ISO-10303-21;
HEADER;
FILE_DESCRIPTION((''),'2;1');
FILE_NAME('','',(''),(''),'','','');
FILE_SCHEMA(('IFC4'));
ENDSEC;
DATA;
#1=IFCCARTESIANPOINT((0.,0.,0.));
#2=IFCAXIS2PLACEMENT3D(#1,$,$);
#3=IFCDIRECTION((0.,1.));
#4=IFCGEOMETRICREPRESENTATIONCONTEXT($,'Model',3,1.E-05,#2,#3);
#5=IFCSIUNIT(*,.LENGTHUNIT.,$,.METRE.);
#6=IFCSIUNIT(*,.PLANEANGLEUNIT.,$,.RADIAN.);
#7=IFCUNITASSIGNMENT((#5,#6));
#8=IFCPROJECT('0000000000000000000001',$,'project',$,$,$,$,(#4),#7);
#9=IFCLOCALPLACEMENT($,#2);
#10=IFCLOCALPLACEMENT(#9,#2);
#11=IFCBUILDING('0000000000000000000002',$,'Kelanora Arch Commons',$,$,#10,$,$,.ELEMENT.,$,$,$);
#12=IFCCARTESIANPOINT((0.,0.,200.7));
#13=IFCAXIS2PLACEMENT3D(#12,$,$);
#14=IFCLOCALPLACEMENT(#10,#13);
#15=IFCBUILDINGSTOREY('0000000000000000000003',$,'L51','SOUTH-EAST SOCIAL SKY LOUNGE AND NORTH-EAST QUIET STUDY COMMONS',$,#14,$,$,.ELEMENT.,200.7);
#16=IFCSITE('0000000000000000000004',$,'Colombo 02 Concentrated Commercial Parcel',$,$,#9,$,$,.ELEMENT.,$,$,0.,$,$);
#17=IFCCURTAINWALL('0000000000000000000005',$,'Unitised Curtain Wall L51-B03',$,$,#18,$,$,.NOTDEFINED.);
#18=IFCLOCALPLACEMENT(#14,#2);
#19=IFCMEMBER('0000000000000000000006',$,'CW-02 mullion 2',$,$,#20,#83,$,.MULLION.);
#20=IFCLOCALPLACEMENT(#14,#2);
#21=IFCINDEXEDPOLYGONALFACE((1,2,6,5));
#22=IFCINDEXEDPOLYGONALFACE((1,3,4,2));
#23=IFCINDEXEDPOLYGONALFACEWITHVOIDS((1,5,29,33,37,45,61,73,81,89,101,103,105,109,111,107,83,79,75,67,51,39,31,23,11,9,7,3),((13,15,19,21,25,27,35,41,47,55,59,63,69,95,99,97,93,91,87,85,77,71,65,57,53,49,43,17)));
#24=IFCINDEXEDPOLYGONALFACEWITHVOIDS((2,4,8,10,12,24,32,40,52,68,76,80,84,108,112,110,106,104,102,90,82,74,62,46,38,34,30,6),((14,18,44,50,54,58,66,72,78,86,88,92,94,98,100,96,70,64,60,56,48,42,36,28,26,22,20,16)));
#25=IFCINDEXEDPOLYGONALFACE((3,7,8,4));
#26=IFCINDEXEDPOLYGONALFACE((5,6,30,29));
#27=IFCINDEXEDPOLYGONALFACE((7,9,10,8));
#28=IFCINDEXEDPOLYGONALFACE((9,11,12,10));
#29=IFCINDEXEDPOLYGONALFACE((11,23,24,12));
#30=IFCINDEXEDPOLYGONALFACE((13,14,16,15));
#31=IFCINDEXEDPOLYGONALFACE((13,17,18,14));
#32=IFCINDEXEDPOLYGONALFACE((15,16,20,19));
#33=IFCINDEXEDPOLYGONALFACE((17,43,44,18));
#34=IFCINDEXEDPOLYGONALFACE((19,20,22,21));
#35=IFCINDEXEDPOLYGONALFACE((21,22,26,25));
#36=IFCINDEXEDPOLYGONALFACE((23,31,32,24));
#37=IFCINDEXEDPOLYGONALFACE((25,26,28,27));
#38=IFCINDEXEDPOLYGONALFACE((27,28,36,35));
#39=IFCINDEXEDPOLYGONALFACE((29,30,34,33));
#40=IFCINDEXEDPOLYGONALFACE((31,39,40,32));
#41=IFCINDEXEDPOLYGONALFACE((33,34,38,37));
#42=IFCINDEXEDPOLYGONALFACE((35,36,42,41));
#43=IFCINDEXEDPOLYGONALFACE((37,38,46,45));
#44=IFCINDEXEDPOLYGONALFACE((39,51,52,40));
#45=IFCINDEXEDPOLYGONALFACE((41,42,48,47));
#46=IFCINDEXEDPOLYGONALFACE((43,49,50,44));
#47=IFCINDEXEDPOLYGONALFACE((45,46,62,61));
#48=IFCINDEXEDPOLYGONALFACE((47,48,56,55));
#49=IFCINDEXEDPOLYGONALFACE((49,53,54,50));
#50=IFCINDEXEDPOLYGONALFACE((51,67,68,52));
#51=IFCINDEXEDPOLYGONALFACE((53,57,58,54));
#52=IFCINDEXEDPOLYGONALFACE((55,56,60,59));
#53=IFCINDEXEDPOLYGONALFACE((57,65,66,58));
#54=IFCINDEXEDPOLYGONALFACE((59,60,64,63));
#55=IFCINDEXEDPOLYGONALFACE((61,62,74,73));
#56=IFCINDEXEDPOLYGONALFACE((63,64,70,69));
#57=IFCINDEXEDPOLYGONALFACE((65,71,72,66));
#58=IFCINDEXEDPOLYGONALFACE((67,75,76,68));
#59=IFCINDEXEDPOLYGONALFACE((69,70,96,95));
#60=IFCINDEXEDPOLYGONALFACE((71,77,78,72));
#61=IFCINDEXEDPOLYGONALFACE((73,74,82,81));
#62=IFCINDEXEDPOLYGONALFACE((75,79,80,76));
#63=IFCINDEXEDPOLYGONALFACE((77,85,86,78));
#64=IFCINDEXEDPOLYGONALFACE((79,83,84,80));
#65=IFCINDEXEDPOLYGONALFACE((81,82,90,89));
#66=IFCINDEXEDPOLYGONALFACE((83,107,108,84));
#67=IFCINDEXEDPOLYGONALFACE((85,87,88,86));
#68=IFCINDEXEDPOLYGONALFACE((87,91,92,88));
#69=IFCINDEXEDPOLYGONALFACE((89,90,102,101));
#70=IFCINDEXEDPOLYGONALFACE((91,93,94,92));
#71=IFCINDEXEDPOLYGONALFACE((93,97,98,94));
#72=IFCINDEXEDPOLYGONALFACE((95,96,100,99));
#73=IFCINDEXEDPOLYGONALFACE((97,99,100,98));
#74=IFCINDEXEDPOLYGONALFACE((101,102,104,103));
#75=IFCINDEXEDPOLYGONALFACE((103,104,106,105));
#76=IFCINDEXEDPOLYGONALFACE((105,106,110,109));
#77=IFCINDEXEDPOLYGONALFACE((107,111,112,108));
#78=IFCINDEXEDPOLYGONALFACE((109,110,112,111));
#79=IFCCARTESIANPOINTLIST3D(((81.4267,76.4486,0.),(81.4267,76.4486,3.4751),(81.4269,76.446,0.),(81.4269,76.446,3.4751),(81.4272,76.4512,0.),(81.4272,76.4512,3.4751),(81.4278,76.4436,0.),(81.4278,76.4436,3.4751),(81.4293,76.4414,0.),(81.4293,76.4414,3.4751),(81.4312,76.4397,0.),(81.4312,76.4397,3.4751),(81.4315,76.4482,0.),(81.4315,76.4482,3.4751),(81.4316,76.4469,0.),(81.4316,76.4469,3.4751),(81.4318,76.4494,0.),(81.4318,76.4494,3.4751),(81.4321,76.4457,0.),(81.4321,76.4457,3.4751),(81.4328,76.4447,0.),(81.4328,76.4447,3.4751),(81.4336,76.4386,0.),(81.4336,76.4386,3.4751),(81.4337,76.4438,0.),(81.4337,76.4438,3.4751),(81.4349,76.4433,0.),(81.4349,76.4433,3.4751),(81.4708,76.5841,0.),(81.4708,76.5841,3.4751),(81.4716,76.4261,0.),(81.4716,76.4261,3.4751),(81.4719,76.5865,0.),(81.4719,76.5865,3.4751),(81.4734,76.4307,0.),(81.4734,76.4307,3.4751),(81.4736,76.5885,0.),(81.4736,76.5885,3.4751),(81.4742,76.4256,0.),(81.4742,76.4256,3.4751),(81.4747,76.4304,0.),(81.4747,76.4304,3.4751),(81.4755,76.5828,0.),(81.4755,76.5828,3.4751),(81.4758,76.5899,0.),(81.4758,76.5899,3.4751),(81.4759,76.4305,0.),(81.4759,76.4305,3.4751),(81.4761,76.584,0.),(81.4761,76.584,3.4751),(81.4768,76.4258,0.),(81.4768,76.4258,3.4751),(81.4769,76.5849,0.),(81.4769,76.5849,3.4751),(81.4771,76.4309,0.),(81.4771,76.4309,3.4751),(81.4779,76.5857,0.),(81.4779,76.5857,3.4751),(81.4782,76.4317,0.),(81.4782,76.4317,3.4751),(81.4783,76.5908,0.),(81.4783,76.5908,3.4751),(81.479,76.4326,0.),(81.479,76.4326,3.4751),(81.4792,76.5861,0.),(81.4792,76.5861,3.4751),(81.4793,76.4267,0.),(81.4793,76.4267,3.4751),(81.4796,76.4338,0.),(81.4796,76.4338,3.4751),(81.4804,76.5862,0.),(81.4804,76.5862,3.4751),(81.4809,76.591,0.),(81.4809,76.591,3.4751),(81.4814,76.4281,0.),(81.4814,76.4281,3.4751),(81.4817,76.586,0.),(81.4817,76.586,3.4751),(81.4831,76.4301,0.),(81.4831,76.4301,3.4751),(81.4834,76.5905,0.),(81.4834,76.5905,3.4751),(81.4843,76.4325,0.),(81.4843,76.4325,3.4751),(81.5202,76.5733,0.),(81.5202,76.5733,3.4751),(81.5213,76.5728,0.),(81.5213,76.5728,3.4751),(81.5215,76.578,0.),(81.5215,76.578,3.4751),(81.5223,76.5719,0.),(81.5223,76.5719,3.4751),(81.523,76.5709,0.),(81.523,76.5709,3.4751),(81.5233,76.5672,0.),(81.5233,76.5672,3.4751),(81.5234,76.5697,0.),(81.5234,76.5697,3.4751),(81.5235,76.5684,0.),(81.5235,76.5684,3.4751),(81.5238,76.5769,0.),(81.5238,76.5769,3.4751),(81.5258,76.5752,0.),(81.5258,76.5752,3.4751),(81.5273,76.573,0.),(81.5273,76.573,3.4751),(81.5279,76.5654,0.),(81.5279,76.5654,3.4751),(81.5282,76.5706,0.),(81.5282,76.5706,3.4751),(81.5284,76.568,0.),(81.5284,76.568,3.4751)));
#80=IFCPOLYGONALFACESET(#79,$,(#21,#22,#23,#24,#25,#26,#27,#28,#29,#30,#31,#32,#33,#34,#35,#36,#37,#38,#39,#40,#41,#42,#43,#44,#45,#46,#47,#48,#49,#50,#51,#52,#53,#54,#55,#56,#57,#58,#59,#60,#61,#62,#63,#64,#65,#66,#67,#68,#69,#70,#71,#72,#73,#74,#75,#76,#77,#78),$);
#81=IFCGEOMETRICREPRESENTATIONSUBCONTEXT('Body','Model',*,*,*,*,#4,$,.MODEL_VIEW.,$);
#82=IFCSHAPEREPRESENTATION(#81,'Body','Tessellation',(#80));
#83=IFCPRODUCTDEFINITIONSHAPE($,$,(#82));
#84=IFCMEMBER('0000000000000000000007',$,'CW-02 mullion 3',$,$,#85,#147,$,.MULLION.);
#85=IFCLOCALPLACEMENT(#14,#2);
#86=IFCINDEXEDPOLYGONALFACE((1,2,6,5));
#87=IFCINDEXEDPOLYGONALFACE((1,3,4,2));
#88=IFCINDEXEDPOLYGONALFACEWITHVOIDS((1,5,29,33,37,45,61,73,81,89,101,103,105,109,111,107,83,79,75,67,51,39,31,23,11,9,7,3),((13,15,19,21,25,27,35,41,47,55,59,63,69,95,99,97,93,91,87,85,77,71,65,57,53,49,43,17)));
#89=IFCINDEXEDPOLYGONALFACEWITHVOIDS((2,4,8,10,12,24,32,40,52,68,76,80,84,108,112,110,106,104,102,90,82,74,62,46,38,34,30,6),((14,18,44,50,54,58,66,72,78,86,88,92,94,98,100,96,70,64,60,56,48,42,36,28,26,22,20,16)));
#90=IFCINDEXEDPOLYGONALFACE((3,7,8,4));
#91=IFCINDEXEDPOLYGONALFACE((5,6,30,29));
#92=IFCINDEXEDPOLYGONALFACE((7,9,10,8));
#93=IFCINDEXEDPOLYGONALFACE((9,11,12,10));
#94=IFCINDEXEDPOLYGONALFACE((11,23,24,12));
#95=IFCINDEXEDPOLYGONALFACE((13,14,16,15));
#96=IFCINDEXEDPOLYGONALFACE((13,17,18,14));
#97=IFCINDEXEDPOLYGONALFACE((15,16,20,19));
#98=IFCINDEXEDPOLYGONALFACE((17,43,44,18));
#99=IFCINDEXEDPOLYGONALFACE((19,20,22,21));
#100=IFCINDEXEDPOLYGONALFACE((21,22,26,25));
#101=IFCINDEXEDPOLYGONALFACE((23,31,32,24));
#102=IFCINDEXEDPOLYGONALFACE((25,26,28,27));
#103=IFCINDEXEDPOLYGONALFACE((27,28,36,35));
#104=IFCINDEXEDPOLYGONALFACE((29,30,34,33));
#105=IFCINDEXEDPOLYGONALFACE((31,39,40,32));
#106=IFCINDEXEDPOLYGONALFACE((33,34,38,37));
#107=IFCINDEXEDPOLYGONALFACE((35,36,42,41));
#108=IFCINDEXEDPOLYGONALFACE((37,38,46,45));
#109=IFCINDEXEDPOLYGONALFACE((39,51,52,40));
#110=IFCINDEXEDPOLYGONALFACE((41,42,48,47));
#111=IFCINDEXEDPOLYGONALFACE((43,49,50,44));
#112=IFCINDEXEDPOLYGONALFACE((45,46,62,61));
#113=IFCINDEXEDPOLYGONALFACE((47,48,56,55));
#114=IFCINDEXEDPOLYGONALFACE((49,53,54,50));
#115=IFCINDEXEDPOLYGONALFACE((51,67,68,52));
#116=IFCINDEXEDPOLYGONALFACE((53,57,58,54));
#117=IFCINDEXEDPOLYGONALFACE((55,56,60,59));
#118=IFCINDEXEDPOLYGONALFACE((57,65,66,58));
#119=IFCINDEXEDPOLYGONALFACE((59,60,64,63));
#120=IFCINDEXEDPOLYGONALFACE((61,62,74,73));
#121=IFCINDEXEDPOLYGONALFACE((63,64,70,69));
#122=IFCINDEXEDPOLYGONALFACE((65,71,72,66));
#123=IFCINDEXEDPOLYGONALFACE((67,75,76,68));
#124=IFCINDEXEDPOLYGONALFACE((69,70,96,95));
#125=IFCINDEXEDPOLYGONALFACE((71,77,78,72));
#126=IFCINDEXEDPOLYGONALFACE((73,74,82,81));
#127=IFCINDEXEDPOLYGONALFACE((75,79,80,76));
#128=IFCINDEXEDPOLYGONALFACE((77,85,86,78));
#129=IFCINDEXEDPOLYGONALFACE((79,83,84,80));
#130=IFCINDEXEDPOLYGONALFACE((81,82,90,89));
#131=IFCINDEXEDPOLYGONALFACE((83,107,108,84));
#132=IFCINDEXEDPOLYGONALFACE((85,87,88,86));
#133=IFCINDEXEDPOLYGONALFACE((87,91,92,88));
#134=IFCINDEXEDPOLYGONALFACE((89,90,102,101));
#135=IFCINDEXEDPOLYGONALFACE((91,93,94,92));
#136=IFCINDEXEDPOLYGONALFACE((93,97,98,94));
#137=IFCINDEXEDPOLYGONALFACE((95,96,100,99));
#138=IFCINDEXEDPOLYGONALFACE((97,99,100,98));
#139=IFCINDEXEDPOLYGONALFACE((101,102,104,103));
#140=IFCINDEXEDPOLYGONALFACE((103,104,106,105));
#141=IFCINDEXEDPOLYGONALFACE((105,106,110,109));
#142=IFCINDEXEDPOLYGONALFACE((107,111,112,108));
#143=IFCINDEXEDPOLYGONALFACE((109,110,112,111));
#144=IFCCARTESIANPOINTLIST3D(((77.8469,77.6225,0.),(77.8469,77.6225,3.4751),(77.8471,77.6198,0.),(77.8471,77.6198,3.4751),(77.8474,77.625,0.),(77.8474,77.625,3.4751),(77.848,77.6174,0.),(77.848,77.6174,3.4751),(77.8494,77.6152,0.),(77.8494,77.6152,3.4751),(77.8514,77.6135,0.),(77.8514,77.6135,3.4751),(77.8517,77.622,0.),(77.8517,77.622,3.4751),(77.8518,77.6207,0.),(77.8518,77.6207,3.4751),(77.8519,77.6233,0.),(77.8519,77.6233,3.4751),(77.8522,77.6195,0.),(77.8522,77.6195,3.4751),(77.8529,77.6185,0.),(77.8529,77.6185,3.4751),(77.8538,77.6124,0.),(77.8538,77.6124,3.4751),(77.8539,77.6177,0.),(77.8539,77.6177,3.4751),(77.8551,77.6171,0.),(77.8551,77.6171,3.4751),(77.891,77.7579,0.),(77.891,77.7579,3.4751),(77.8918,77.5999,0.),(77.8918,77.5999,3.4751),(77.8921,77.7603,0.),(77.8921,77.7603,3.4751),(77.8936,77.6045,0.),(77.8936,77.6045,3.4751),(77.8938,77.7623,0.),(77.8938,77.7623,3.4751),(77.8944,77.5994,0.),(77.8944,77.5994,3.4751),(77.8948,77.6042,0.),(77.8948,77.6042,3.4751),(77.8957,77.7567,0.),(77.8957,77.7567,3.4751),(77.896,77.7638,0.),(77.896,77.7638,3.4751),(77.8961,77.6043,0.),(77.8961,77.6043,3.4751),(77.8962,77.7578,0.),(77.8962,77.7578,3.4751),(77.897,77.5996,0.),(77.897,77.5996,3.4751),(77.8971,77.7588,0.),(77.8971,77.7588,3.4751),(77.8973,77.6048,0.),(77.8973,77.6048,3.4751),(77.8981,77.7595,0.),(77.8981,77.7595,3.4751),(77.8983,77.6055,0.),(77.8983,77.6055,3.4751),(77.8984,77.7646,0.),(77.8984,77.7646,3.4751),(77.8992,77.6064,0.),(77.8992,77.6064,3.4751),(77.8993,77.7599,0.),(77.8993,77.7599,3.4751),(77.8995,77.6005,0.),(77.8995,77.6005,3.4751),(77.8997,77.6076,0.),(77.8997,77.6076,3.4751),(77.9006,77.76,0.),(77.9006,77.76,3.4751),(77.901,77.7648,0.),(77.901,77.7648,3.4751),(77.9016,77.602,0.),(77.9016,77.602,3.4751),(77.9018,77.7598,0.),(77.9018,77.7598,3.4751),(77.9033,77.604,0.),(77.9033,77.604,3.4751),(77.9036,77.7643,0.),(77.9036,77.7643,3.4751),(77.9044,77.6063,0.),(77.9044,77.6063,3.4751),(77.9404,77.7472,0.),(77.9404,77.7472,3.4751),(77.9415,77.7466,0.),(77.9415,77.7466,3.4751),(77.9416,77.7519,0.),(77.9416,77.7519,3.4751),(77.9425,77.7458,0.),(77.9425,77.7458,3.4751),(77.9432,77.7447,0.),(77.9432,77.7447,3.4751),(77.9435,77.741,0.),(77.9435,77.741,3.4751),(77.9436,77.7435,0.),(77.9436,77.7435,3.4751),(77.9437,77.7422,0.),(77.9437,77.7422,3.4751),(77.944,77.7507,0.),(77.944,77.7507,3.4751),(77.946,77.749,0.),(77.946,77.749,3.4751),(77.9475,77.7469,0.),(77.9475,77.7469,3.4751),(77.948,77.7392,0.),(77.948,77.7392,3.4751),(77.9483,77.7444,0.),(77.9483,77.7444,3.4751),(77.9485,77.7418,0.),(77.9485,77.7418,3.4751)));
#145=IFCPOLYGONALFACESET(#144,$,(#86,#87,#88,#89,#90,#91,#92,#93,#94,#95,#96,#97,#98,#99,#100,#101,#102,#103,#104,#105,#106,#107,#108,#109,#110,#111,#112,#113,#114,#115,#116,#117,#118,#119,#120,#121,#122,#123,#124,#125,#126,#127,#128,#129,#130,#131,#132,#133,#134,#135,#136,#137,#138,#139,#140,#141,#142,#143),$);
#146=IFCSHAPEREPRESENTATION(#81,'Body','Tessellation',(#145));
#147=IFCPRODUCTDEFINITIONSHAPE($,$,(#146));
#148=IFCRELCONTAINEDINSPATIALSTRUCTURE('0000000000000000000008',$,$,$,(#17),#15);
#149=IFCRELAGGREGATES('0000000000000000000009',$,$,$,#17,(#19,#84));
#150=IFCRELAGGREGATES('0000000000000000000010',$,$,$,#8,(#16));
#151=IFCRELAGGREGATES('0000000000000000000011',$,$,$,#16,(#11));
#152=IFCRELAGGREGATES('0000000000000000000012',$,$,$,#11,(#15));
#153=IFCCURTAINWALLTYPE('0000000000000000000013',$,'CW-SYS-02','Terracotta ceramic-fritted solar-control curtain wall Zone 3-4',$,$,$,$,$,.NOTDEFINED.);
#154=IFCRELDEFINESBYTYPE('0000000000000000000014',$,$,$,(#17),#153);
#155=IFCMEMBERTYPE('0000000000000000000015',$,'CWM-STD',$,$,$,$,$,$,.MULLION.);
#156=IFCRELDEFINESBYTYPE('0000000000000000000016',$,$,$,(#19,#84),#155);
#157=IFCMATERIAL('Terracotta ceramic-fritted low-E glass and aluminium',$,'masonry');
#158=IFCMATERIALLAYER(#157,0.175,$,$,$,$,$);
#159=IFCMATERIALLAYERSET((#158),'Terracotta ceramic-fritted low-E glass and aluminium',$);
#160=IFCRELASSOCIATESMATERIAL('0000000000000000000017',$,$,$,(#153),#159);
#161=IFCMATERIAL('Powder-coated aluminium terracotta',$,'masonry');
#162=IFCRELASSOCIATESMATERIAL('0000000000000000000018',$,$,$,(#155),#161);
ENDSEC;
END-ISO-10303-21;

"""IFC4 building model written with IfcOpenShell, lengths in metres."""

from ifc_helpers import new_model, si_unit, direction, frame, origin, origin_2d, place, context, subcontext, project, spatial, hollow_rectangle, extrude, material, layer, layer_set, material_profile, profile_set, type_object, element, aggregate, save


model = new_model("IFC4")

# Units and contexts
model_context = context("Model", 3, precision=1e-05, world=origin(), true_north=direction((0.0, 1.0)))
body_context = subcontext(model_context, "Body", "Model", "MODEL_VIEW")
ifc_project = project(units=[si_unit("LENGTHUNIT", "METRE"), si_unit("PLANEANGLEUNIT", "RADIAN")], contexts=[model_context])

# Site, building, storey
site_placement = place(None, origin())
site = spatial("IfcSite", under=ifc_project, at=site_placement, Name="Colombo 02 Concentrated Commercial Parcel", CompositionType="ELEMENT", RefElevation=0.0)
building_placement = place(site_placement, origin())
building = spatial("IfcBuilding", under=site, at=building_placement, Name="Kelanora Arch Commons", CompositionType="ELEMENT")
storey_placement = place(building_placement, frame((0.0, 0.0, 200.7)))
storey = spatial("IfcBuildingStorey", under=building, at=storey_placement, Name="L51", Description="SOUTH-EAST SOCIAL SKY LOUNGE AND NORTH-EAST QUIET STUDY COMMONS", CompositionType="ELEMENT", Elevation=200.7)

# Curtain wall, members
ifc_material_1 = material(Name="Terracotta ceramic-fritted low-E glass and aluminium", Category="masonry")
ifc_layer_1 = layer(ifc_material_1, 0.175)
ifc_layer_set_1 = layer_set([ifc_layer_1], Name="Terracotta ceramic-fritted low-E glass and aluminium")
curtain_wall_type = type_object("IfcCurtainWallType", Name="CW-SYS-02", Description="Terracotta ceramic-fritted solar-control curtain wall Zone 3-4", PredefinedType="NOTDEFINED", material=ifc_layer_set_1)
curtain_wall_placement = place(storey_placement, origin())
curtain_wall = element("IfcCurtainWall", 1, at=curtain_wall_placement, inside=storey, type_object=curtain_wall_type, Name="Unitised Curtain Wall L51-B03", PredefinedType="NOTDEFINED")
ifc_material_2 = material(Name="Powder-coated aluminium terracotta", Category="masonry")
ifc_material_profile_1 = material_profile(ifc_material_2, hollow_rectangle(XDim=0.1599, YDim=0.0601, WallThickness=0.0049, InnerFilletRadius=0.0049, OuterFilletRadius=0.01, at=origin_2d()), Name="CWM160x60")
ifc_profile_set_1 = profile_set([ifc_material_profile_1], Name="Powder-coated aluminium terracotta")
member_type_1 = type_object("IfcMemberType", Name="CWM-STD", PredefinedType="MULLION", material=ifc_profile_set_1)
member_1_placement = place(storey_placement, frame((81.4775, 76.5083, 0.0), z_axis=(0.0, 0.0, 1.0), x_axis=(-0.311582, -0.950219, 0.0)))
member_1 = element("IfcMember", 2, at=member_1_placement, type_object=member_type_1, Name="CW-02 mullion 2", PredefinedType="MULLION", context=body_context, shape_type="SweptSolid", body=[
    extrude(hollow_rectangle(XDim=0.1599, YDim=0.0601, WallThickness=0.0049, InnerFilletRadius=0.0049, OuterFilletRadius=0.01, at=origin_2d()), origin(), (0.0, 0.0, 1.0), 3.4751),
])
member_2_placement = place(storey_placement, frame((77.8977, 77.6821, 0.0), z_axis=(0.0, 0.0, 1.0), x_axis=(-0.311582, -0.950219, 0.0)))
member_2 = element("IfcMember", 3, at=member_2_placement, type_object=member_type_1, Name="CW-02 mullion 3", PredefinedType="MULLION", context=body_context, shape_type="SweptSolid", body=[
    extrude(hollow_rectangle(XDim=0.1599, YDim=0.0601, WallThickness=0.0049, InnerFilletRadius=0.0049, OuterFilletRadius=0.01, at=origin_2d()), origin(), (0.0, 0.0, 1.0), 3.4751),
])
aggregate(curtain_wall, [member_1, member_2])

save(model, "model.ifc")
